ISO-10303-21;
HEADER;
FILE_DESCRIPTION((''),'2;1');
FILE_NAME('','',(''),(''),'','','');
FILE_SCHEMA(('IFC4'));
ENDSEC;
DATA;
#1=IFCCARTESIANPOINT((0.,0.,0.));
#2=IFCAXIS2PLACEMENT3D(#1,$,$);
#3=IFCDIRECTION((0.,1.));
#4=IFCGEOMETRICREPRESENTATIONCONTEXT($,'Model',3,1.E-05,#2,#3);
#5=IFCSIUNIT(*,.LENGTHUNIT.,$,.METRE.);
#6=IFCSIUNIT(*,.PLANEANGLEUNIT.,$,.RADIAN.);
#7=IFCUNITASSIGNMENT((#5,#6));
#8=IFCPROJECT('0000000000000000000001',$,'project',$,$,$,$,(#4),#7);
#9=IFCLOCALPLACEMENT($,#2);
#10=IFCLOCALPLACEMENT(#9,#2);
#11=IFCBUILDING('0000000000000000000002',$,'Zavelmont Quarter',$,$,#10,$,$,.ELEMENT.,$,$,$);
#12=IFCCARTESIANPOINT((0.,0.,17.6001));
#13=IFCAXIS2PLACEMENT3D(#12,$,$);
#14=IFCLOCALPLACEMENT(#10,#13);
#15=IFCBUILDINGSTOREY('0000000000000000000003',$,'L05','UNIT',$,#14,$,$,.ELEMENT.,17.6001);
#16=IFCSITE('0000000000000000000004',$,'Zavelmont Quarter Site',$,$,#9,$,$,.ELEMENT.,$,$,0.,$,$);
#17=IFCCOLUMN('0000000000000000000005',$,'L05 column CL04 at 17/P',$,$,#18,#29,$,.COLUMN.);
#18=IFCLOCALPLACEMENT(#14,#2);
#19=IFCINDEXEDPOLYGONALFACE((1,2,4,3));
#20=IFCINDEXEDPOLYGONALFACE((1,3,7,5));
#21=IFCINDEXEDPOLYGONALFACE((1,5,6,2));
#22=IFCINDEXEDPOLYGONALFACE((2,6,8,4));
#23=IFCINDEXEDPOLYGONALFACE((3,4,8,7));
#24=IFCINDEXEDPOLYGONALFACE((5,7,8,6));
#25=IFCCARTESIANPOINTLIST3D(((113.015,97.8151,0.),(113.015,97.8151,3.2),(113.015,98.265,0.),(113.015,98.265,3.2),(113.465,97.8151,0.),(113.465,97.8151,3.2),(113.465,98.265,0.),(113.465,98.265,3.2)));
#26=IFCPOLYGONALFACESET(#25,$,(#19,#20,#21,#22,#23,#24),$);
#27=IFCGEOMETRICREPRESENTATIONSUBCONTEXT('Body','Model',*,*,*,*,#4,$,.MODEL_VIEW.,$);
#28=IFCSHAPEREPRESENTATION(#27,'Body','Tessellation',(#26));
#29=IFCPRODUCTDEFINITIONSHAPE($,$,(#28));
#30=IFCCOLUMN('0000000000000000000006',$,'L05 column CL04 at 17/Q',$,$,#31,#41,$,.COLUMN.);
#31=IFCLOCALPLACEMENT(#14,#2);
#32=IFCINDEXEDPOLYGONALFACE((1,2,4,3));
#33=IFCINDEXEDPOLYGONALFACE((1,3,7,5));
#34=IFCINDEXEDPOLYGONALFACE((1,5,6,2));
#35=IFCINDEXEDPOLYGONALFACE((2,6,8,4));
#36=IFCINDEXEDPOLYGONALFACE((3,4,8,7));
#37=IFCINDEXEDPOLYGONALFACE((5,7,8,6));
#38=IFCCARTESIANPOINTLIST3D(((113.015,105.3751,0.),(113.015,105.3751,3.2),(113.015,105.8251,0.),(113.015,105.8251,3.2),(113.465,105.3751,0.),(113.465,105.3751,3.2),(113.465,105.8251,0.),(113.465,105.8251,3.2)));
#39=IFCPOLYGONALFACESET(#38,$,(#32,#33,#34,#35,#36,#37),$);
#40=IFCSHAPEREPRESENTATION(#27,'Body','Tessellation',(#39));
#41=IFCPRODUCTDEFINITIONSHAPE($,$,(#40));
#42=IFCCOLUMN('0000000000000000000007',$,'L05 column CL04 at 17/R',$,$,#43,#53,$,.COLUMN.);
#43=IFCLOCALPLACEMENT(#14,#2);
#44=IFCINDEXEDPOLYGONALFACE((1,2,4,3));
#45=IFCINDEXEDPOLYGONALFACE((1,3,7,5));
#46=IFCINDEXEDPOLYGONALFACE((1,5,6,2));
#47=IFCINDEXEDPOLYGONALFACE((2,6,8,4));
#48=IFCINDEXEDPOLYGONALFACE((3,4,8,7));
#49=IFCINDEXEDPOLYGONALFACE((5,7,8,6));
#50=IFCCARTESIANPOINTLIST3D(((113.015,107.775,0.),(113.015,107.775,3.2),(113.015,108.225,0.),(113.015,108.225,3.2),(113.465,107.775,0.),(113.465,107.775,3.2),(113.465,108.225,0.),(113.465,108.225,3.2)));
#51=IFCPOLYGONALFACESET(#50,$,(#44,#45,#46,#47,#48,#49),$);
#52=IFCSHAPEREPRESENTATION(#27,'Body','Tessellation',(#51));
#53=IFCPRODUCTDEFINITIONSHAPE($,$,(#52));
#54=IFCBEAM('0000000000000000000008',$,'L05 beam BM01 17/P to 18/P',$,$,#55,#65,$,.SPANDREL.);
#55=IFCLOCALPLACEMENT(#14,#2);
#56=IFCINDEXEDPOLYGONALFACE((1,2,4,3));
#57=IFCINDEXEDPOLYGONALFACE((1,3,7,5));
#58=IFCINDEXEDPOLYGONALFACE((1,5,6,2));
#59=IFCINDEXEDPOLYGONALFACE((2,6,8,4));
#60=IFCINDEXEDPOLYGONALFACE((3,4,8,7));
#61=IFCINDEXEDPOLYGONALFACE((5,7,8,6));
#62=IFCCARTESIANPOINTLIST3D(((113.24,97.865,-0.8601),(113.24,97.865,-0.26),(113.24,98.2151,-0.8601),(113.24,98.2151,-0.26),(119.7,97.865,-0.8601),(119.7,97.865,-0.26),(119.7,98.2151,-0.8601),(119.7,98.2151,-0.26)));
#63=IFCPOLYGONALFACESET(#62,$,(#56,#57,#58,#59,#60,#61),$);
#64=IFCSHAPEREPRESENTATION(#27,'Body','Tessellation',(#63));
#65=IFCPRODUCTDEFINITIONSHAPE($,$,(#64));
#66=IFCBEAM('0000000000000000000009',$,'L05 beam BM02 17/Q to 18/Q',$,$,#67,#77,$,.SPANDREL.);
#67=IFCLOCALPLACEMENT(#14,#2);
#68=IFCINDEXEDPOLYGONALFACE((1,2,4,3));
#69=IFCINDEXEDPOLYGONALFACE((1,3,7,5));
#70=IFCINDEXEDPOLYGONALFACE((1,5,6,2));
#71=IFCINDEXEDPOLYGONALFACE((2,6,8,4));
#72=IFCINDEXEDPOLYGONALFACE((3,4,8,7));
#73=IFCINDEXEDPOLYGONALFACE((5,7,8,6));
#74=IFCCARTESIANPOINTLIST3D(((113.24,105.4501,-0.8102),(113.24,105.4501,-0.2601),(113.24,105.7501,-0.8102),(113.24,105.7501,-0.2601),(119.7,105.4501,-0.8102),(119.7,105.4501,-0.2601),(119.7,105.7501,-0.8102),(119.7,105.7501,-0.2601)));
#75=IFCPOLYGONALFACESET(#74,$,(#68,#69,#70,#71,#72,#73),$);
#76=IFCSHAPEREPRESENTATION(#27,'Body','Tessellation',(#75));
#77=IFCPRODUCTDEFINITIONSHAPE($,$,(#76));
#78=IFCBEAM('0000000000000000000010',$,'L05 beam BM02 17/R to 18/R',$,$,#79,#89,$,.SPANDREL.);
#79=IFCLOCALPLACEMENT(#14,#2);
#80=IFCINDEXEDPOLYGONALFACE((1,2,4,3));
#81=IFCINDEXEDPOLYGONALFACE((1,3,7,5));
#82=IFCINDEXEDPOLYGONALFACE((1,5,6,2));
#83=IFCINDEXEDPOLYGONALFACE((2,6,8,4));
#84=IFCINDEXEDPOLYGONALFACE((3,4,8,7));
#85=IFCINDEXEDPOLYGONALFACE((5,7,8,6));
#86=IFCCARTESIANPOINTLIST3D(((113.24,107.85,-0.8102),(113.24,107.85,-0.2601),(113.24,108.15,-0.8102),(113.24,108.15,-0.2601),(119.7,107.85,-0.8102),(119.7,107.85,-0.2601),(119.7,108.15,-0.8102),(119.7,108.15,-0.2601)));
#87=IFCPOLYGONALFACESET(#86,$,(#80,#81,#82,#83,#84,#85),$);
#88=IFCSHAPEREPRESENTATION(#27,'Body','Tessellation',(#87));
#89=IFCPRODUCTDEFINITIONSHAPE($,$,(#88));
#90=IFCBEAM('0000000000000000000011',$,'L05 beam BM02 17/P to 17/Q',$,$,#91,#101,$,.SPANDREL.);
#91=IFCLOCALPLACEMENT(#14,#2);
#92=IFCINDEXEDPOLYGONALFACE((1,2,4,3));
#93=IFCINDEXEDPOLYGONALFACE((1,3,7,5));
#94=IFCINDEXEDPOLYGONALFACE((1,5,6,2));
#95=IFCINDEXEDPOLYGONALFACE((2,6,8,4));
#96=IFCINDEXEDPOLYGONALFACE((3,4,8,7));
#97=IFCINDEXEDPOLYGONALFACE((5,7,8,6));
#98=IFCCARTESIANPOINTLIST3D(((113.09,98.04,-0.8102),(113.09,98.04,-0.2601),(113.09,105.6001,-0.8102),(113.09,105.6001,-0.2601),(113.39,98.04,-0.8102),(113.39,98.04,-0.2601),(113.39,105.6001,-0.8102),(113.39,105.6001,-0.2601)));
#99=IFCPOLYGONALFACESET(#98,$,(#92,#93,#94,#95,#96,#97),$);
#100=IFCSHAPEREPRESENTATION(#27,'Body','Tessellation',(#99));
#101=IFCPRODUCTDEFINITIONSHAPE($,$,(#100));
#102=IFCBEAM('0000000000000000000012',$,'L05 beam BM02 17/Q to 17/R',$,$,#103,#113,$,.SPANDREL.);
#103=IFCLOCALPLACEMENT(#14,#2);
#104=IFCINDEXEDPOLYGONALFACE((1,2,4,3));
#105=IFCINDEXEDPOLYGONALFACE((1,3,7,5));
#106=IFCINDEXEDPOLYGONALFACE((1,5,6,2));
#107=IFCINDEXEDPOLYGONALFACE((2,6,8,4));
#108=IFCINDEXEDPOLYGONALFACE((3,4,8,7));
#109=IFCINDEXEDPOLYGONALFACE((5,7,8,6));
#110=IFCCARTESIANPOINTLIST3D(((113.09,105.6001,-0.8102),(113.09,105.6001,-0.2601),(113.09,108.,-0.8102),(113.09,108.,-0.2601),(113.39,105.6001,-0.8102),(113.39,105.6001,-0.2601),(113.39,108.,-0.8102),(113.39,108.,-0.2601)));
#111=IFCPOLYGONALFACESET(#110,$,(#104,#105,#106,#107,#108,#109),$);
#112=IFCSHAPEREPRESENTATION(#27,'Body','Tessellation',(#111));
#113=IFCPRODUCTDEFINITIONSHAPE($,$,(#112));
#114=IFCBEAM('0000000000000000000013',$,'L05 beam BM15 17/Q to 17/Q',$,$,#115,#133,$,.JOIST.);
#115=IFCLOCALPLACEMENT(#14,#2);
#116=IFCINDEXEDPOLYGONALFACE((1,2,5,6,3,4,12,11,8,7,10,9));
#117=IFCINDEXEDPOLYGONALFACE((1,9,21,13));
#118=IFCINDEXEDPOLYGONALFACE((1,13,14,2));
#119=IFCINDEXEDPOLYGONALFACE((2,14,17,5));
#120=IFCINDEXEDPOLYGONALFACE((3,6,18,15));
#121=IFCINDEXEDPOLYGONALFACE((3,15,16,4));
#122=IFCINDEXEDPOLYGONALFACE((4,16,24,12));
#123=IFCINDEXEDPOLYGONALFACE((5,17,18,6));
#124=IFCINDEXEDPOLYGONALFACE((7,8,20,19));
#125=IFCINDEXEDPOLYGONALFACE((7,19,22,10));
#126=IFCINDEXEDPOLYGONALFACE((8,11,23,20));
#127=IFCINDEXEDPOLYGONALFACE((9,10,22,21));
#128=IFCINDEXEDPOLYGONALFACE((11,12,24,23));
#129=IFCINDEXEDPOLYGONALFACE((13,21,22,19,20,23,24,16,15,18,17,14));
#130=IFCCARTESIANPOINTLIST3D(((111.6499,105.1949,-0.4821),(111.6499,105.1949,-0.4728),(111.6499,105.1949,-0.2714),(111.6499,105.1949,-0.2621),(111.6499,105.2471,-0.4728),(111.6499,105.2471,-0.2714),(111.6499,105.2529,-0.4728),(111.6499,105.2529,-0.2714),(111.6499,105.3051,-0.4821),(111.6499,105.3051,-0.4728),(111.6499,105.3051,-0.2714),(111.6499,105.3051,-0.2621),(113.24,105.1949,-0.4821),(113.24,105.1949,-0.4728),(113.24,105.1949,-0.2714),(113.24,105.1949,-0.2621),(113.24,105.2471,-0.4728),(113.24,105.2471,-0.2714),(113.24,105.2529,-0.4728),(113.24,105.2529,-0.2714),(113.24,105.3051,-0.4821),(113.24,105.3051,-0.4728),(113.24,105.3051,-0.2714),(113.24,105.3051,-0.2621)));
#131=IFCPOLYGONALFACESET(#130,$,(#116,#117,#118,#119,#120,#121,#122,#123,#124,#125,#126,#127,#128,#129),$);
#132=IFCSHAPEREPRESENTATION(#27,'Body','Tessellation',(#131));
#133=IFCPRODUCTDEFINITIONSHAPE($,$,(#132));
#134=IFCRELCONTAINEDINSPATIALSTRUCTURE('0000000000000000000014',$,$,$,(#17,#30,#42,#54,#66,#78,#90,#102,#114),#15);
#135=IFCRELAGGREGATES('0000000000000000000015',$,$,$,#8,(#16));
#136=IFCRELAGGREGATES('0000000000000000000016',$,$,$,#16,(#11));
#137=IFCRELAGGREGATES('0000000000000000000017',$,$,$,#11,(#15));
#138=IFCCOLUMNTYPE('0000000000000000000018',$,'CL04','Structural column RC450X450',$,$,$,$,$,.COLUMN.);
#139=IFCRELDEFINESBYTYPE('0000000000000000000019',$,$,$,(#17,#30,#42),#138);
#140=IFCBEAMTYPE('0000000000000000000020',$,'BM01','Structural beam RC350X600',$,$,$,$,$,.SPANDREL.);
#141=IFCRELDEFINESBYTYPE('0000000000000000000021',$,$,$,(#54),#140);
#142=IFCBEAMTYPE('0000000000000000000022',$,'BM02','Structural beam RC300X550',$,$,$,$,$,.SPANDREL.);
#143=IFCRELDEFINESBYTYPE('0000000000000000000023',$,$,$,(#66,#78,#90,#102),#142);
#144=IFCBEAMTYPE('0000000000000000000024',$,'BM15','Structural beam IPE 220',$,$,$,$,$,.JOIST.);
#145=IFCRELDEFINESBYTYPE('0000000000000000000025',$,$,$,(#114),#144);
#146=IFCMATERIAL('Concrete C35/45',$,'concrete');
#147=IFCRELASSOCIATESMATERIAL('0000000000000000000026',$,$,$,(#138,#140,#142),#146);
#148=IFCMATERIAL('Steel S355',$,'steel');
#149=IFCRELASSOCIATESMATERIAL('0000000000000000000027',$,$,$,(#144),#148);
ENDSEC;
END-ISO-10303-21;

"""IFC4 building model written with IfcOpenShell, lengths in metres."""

from ifc_helpers import new_model, si_unit, direction, frame, origin, origin_2d, place, context, subcontext, project, spatial, rectangle, i_section, extrude, material, material_profile, profile_set, type_object, element, save


model = new_model("IFC4")

# Units and contexts
model_context = context("Model", 3, precision=1e-05, world=origin(), true_north=direction((0.0, 1.0)))
body_context = subcontext(model_context, "Body", "Model", "MODEL_VIEW")
ifc_project = project(units=[si_unit("LENGTHUNIT", "METRE"), si_unit("PLANEANGLEUNIT", "RADIAN")], contexts=[model_context])

# Site, building, storey
site_placement = place(None, origin())
site = spatial("IfcSite", under=ifc_project, at=site_placement, Name="Zavelmont Quarter Site", CompositionType="ELEMENT", RefElevation=0.0)
building_placement = place(site_placement, origin())
building = spatial("IfcBuilding", under=site, at=building_placement, Name="Zavelmont Quarter", CompositionType="ELEMENT")
storey_placement = place(building_placement, frame((0.0, 0.0, 17.6001)))
storey = spatial("IfcBuildingStorey", under=building, at=storey_placement, Name="L05", Description="UNIT", CompositionType="ELEMENT", Elevation=17.6001)

# Columns
ifc_material_1 = material(Name="Concrete C35/45", Category="concrete")
ifc_material_profile_1 = material_profile(ifc_material_1, rectangle(XDim=0.45, YDim=0.45, at=origin_2d()), Name="RC450X450")
ifc_profile_set_1 = profile_set([ifc_material_profile_1], Name="Concrete C35/45")
column_type = type_object("IfcColumnType", Name="CL04", Description="Structural column RC450X450", PredefinedType="COLUMN", material=ifc_profile_set_1)
for number, where, z_axis, x_axis, name in (
    (1, (113.24, 98.04, 0.0), (0.0, 0.0, 1.0), (1.0, 0.0, 0.0), "L05 column CL04 at 17/P"),
    (2, (113.24, 105.6001, 0.0), (0.0, 0.0, 1.0), (1.0, 0.0, 0.0), "L05 column CL04 at 17/Q"),
    (3, (113.24, 108.0, 0.0), (0.0, 0.0, 1.0), (1.0, 0.0, 0.0), "L05 column CL04 at 17/R"),
):
    element("IfcColumn", number, at=place(storey_placement, frame(where, z_axis=z_axis, x_axis=x_axis)), inside=storey, type_object=column_type, Name=name, PredefinedType="COLUMN", context=body_context, shape_type="SweptSolid", body=[
        extrude(rectangle(XDim=0.45, YDim=0.45, at=origin_2d()), origin(), (0.0, 0.0, 1.0), 3.2),
    ])

# Beams
ifc_material_profile_2 = material_profile(ifc_material_1, rectangle(XDim=0.3501, YDim=0.6001, at=origin_2d()), Name="RC350X600")
ifc_profile_set_2 = profile_set([ifc_material_profile_2], Name="Concrete C35/45")
beam_type_1 = type_object("IfcBeamType", Name="BM01", Description="Structural beam RC350X600", PredefinedType="SPANDREL", material=ifc_profile_set_2)
beam_1_placement = place(storey_placement, frame((113.24, 98.04, -0.5601), z_axis=(1.0, 0.0, 0.0), x_axis=(0.0, 1.0, 0.0)))
element("IfcBeam", 4, at=beam_1_placement, inside=storey, type_object=beam_type_1, Name="L05 beam BM01 17/P to 18/P", PredefinedType="SPANDREL", context=body_context, shape_type="SweptSolid", body=[
    extrude(rectangle(XDim=0.3501, YDim=0.6001, at=origin_2d()), origin(), (0.0, 0.0, 1.0), 6.46),
])
ifc_material_profile_3 = material_profile(ifc_material_1, rectangle(XDim=0.3, YDim=0.55, at=origin_2d()), Name="RC300X550")
ifc_profile_set_3 = profile_set([ifc_material_profile_3], Name="Concrete C35/45")
beam_type_2 = type_object("IfcBeamType", Name="BM02", Description="Structural beam RC300X550", PredefinedType="SPANDREL", material=ifc_profile_set_3)
for number, where, z_axis, x_axis, name in (
    (5, (113.24, 105.6001, -0.5352), (1.0, 0.0, 0.0), (0.0, 1.0, 0.0), "L05 beam BM02 17/Q to 18/Q"),
    (6, (113.24, 108.0, -0.5352), (1.0, 0.0, 0.0), (0.0, 1.0, 0.0), "L05 beam BM02 17/R to 18/R"),
):
    element("IfcBeam", number, at=place(storey_placement, frame(where, z_axis=z_axis, x_axis=x_axis)), inside=storey, type_object=beam_type_2, Name=name, PredefinedType="SPANDREL", context=body_context, shape_type="SweptSolid", body=[
        extrude(rectangle(XDim=0.3, YDim=0.55, at=origin_2d()), origin(), (0.0, 0.0, 1.0), 6.46),
    ])
beam_2_placement = place(storey_placement, frame((113.24, 98.04, -0.5352), z_axis=(0.0, 1.0, 0.0), x_axis=(-1.0, 0.0, 0.0)))
element("IfcBeam", 7, at=beam_2_placement, inside=storey, type_object=beam_type_2, Name="L05 beam BM02 17/P to 17/Q", PredefinedType="SPANDREL", context=body_context, shape_type="SweptSolid", body=[
    extrude(rectangle(XDim=0.3, YDim=0.55, at=origin_2d()), origin(), (0.0, 0.0, 1.0), 7.5601),
])
beam_3_placement = place(storey_placement, frame((113.24, 105.6001, -0.5352), z_axis=(0.0, 1.0, 0.0), x_axis=(-1.0, 0.0, 0.0)))
element("IfcBeam", 8, at=beam_3_placement, inside=storey, type_object=beam_type_2, Name="L05 beam BM02 17/Q to 17/R", PredefinedType="SPANDREL", context=body_context, shape_type="SweptSolid", body=[
    extrude(rectangle(XDim=0.3, YDim=0.55, at=origin_2d()), origin(), (0.0, 0.0, 1.0), 2.3999),
])
ifc_material_2 = material(Name="Steel S355", Category="steel")
ifc_material_profile_4 = material_profile(ifc_material_2, i_section(OverallWidth=0.1101, OverallDepth=0.22, WebThickness=0.0059, FlangeThickness=0.0093, at=origin_2d()), Name="IPE 220")
ifc_profile_set_4 = profile_set([ifc_material_profile_4], Name="Steel S355")
beam_type_3 = type_object("IfcBeamType", Name="BM15", Description="Structural beam IPE 220", PredefinedType="JOIST", material=ifc_profile_set_4)
beam_4_placement = place(storey_placement, frame((113.24, 105.25, -0.3721), z_axis=(-1.0, 0.0, 0.0), x_axis=(0.0, -1.0, 0.0)))
element("IfcBeam", 9, at=beam_4_placement, inside=storey, type_object=beam_type_3, Name="L05 beam BM15 17/Q to 17/Q", PredefinedType="JOIST", context=body_context, shape_type="SweptSolid", body=[
    extrude(i_section(OverallWidth=0.1101, OverallDepth=0.22, WebThickness=0.0059, FlangeThickness=0.0093, at=origin_2d()), origin(), (0.0, 0.0, 1.0), 1.5901),
])

save(model, "model.ifc")
